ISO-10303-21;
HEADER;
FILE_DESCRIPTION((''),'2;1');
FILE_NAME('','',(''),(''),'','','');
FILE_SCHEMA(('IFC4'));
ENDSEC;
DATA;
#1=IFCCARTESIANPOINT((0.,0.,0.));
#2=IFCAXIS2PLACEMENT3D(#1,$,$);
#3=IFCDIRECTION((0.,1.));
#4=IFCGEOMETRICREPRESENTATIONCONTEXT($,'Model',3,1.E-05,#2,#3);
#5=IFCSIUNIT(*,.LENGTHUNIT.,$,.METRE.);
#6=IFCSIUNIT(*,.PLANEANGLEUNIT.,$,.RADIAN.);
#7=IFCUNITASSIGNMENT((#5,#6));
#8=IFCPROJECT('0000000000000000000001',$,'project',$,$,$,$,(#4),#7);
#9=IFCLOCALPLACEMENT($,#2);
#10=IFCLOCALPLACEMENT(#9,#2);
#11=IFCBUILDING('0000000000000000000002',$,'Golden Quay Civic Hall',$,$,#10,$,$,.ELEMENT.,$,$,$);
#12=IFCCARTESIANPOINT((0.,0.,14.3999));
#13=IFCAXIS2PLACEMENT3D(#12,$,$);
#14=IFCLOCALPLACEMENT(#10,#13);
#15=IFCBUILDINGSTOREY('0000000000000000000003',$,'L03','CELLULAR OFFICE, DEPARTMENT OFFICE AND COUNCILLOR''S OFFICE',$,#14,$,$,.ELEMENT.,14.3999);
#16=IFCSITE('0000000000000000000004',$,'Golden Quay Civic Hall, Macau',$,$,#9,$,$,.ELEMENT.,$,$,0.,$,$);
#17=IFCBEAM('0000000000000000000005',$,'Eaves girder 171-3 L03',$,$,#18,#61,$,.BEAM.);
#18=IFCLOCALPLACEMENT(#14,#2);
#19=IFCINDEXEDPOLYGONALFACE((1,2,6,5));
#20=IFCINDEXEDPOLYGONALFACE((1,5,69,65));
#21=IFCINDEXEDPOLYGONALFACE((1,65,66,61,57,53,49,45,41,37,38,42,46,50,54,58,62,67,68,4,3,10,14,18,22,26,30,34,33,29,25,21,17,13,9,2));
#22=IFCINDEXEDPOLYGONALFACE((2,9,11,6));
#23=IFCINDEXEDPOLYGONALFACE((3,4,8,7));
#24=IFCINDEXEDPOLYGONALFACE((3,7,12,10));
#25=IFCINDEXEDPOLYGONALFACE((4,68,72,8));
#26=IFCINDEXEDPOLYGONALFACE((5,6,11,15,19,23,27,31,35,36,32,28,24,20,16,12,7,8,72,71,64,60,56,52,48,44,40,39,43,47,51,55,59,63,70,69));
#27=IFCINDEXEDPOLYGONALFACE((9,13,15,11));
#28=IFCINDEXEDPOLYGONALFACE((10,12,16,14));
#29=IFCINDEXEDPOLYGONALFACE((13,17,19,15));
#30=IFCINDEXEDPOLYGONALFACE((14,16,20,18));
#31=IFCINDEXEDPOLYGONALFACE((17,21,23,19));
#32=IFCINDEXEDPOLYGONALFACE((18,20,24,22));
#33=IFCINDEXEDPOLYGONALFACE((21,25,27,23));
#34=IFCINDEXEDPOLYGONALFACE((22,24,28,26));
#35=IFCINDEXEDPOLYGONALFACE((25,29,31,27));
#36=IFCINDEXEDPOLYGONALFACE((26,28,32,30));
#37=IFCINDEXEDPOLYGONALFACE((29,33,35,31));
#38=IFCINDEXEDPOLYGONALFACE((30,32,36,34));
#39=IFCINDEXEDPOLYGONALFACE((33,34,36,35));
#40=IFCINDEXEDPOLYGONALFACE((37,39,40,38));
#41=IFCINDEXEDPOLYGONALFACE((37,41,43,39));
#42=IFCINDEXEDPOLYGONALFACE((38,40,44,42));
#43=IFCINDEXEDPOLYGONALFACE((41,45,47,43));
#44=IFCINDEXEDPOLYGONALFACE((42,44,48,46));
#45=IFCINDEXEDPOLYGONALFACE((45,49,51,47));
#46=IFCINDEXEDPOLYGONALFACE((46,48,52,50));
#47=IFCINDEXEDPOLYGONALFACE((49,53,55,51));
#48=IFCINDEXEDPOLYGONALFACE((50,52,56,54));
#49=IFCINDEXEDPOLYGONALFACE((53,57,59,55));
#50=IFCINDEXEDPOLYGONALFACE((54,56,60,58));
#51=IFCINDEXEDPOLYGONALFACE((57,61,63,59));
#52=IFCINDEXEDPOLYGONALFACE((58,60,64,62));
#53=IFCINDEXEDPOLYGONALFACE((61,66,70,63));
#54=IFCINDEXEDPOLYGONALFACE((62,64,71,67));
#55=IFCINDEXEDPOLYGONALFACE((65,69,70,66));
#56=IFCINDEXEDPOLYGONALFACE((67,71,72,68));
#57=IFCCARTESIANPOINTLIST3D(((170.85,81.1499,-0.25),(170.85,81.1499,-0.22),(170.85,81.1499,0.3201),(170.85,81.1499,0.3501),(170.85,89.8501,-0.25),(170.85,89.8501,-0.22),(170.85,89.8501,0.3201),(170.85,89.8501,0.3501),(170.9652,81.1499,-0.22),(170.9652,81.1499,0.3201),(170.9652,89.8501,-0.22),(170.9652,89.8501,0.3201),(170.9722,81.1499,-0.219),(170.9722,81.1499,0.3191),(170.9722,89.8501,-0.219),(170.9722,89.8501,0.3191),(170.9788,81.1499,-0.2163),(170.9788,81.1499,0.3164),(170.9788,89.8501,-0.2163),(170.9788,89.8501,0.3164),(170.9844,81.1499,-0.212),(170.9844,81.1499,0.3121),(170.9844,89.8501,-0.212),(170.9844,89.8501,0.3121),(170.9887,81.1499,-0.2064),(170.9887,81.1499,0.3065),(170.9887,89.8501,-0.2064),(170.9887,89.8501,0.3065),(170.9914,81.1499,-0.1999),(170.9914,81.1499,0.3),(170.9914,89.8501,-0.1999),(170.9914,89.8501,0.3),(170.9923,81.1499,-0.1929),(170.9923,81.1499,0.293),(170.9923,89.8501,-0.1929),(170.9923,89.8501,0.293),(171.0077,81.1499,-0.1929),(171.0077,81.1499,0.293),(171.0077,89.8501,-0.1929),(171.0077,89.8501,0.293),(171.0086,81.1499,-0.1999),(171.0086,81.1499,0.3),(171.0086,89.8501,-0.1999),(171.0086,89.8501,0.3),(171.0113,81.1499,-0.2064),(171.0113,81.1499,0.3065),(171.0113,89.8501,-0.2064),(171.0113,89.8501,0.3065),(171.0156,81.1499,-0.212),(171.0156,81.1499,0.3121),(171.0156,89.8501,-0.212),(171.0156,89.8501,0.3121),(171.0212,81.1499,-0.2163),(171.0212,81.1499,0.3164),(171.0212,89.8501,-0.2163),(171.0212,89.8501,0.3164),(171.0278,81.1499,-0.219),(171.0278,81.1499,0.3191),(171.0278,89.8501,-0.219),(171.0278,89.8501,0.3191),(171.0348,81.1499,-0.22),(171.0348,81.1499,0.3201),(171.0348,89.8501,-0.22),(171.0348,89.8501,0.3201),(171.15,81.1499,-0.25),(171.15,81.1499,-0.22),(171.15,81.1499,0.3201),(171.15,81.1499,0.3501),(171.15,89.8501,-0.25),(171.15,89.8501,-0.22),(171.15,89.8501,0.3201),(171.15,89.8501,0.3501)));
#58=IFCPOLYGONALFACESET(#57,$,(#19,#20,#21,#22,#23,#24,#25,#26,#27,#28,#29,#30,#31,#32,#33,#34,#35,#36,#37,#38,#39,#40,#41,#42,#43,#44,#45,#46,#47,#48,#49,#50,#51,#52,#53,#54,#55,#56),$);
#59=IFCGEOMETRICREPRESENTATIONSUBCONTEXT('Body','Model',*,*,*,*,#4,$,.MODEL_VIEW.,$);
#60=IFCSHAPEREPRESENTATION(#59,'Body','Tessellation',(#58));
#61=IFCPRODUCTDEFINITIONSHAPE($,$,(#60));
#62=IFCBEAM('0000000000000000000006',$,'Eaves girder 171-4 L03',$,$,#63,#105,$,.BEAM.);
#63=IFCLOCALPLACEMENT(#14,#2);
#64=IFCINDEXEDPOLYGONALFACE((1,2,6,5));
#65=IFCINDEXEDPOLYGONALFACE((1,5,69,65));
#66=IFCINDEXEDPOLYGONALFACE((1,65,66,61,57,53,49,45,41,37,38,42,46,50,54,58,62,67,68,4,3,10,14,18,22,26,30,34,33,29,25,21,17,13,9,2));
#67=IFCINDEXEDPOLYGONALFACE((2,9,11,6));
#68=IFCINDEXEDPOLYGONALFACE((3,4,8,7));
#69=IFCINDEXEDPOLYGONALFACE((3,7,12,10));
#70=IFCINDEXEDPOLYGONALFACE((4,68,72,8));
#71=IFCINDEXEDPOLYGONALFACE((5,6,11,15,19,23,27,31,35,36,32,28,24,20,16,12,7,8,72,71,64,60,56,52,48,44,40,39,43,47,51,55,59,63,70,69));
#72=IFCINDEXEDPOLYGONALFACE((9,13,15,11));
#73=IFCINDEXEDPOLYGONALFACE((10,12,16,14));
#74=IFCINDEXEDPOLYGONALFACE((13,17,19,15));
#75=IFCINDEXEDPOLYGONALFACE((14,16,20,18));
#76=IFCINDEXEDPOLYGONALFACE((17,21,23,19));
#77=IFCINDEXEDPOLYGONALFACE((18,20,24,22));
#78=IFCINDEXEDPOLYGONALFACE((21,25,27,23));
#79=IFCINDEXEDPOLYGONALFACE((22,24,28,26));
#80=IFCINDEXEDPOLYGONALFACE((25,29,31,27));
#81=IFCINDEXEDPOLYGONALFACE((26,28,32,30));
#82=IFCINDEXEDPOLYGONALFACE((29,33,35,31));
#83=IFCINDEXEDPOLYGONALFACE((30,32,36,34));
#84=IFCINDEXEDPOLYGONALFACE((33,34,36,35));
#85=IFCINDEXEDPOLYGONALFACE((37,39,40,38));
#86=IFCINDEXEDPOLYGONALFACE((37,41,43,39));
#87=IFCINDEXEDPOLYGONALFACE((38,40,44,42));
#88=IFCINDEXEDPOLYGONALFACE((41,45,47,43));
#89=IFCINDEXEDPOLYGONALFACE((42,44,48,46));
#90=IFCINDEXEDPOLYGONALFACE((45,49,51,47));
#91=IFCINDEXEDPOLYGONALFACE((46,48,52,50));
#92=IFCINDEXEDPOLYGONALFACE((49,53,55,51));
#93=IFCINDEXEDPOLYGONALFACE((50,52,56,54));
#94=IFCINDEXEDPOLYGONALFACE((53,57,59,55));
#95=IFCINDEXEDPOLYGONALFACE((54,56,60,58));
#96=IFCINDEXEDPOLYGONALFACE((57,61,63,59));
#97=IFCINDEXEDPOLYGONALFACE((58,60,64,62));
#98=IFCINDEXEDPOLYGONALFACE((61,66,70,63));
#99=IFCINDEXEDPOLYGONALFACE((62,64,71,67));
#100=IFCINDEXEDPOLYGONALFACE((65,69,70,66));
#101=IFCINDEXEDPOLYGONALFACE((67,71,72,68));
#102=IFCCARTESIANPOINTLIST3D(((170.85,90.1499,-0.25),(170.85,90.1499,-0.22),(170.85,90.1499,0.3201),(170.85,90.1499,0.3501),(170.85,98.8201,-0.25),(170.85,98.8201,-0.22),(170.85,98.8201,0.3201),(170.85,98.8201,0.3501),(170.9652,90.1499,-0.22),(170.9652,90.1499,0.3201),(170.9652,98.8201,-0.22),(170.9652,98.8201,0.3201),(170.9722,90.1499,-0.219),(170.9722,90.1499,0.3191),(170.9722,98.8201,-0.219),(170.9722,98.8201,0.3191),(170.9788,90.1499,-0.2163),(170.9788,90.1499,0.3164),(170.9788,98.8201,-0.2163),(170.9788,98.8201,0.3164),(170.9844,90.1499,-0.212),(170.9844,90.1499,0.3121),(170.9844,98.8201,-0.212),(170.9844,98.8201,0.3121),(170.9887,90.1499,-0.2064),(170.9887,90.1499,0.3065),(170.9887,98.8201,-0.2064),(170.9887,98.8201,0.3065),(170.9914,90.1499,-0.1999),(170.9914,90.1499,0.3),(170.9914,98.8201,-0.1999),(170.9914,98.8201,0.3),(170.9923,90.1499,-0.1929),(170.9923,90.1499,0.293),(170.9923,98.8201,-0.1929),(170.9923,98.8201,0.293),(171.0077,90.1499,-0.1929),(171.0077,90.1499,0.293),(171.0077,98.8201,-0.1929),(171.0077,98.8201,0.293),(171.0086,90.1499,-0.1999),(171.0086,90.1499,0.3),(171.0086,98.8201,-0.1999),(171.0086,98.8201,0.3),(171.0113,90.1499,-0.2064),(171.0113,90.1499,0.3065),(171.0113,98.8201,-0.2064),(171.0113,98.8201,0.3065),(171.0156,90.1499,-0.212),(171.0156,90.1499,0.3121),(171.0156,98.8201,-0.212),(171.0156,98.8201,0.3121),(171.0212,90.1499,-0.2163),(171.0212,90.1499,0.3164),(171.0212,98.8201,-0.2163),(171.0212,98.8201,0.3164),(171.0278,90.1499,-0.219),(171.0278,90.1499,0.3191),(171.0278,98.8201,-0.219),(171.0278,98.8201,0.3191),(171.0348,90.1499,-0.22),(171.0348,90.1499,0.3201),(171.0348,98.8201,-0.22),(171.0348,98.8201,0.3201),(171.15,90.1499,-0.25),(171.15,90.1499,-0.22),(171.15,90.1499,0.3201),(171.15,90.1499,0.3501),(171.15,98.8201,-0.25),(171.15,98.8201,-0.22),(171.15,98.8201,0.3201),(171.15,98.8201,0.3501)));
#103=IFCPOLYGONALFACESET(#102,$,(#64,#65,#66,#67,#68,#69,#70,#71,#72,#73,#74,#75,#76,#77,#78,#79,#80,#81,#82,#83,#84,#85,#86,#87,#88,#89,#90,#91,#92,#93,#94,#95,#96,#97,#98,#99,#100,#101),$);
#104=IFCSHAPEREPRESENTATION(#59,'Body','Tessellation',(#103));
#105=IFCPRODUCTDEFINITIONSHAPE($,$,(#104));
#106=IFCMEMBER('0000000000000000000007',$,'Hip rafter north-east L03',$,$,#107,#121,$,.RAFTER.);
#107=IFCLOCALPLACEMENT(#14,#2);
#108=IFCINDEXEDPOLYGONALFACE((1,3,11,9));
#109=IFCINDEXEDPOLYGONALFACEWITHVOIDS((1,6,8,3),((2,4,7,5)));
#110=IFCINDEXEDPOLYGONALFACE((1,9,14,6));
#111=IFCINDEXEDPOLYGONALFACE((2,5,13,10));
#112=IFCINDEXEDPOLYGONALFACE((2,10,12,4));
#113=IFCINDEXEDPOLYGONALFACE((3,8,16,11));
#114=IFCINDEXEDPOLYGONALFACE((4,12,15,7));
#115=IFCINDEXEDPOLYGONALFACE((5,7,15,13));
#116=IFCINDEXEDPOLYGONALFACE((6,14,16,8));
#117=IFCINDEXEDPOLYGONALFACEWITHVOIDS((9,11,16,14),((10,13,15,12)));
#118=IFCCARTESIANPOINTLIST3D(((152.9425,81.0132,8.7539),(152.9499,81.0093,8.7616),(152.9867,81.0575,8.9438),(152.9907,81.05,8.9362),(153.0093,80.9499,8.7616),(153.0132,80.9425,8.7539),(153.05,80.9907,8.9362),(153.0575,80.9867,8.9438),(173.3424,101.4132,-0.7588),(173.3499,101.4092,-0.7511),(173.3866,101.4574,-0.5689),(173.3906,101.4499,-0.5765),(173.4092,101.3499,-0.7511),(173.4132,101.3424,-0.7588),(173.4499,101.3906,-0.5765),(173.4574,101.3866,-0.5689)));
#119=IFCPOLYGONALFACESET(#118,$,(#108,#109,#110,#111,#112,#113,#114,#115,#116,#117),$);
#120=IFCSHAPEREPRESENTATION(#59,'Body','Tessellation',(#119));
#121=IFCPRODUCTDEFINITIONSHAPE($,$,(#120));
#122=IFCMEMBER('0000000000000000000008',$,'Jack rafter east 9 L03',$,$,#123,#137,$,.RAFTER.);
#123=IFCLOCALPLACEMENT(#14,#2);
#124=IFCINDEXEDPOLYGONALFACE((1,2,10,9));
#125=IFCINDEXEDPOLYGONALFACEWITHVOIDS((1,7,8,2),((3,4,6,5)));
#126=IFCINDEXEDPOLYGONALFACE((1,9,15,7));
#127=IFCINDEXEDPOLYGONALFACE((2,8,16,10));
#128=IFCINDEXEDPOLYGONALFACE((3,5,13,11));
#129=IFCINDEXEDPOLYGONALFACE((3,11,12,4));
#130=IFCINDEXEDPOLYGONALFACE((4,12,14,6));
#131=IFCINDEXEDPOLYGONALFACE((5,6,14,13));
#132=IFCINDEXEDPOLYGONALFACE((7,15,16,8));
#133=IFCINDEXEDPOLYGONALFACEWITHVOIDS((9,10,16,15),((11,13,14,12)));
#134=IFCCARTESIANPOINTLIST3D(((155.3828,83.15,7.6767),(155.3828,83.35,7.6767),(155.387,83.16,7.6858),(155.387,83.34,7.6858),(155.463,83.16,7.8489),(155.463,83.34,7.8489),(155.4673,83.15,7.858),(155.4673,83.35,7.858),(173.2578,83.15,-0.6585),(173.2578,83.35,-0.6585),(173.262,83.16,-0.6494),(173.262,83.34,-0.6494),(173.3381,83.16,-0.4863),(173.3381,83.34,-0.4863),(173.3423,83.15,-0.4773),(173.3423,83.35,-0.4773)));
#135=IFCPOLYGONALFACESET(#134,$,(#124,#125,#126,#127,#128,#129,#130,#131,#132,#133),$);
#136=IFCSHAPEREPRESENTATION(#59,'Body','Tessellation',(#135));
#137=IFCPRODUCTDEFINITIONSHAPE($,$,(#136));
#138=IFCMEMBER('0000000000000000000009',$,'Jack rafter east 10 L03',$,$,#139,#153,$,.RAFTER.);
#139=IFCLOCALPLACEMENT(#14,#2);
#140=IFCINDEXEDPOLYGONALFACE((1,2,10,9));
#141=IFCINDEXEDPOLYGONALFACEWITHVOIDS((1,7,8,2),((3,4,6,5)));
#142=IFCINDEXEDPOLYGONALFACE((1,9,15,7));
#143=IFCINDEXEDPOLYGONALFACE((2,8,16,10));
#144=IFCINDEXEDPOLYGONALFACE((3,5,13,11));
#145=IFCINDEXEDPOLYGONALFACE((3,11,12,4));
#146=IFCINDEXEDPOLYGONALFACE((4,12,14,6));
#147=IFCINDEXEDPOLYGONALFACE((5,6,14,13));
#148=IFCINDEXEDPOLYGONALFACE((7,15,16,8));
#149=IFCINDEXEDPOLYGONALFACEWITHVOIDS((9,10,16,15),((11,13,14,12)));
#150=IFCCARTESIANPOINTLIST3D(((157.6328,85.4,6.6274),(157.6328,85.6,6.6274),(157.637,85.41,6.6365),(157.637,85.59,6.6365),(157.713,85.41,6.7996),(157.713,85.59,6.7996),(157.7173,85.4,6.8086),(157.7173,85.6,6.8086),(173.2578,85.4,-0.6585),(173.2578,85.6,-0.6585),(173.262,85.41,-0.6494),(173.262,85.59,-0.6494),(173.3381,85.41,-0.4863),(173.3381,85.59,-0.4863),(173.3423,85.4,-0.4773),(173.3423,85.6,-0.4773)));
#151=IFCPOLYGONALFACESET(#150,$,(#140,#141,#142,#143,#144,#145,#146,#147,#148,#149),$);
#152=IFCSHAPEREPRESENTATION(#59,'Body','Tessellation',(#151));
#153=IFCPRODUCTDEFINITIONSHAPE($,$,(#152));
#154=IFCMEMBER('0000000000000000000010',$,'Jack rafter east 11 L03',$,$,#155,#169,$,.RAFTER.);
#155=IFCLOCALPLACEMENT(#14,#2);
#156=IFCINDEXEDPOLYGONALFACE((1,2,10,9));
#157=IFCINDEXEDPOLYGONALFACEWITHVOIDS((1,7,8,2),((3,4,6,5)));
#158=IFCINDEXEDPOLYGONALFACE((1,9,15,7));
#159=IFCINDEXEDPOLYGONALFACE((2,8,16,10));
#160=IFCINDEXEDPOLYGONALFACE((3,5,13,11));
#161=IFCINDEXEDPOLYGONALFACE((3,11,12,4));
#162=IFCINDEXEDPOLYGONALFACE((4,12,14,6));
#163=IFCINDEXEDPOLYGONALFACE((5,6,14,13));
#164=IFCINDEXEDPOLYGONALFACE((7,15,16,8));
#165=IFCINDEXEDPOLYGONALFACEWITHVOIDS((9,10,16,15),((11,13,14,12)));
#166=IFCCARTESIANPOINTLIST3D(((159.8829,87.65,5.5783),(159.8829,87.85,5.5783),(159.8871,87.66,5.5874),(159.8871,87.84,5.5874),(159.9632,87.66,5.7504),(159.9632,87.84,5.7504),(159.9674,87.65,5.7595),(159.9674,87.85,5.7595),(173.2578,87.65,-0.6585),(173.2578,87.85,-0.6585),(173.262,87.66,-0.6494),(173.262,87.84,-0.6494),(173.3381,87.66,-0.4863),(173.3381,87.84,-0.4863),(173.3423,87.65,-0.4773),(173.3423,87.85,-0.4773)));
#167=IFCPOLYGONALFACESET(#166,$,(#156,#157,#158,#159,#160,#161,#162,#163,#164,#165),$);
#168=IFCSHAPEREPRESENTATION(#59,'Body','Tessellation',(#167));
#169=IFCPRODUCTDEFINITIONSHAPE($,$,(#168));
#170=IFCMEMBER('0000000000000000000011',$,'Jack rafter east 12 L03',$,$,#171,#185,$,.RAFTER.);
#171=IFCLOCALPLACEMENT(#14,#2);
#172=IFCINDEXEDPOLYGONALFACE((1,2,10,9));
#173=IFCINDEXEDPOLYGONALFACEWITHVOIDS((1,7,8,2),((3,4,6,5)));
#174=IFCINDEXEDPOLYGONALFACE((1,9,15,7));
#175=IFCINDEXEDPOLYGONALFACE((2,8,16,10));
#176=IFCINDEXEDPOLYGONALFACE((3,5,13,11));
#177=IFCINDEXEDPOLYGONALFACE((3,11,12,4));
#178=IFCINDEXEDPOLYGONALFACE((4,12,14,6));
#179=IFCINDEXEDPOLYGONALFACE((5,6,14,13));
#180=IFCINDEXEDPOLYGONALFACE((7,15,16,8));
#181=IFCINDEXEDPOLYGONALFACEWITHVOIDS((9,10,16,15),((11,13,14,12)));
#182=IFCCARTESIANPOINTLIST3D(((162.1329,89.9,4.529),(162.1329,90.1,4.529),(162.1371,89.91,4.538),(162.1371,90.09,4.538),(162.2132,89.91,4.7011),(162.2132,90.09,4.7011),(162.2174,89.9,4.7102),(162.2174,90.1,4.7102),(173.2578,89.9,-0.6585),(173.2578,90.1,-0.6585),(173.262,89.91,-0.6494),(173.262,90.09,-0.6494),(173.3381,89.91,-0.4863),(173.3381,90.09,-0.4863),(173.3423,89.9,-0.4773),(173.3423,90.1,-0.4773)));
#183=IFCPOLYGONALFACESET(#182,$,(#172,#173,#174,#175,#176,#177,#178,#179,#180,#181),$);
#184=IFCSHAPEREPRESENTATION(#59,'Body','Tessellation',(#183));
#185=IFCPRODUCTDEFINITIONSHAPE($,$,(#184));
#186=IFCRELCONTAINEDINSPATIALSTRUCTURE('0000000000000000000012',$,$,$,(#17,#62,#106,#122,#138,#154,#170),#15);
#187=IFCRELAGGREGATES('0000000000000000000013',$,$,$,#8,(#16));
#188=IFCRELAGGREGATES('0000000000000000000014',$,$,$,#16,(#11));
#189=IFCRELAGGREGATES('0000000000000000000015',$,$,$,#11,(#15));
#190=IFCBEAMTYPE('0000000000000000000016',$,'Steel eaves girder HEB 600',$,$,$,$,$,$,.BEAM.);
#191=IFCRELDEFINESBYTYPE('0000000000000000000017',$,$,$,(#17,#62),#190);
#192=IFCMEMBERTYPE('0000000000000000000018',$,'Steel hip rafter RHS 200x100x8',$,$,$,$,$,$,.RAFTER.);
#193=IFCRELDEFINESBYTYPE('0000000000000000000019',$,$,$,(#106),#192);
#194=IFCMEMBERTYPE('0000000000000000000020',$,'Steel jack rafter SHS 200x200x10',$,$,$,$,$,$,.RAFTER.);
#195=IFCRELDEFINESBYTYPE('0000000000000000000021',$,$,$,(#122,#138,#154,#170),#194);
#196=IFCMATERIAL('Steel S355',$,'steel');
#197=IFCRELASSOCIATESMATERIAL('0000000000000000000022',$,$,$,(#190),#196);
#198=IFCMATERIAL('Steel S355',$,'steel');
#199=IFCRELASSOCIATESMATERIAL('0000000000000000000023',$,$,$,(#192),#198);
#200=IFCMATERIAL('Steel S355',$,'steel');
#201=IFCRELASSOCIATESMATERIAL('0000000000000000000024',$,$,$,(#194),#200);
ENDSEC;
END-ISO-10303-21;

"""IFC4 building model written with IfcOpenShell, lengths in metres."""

from ifc_helpers import new_model, si_unit, direction, frame, origin, origin_2d, place, context, subcontext, project, spatial, hollow_rectangle, i_section, extrude, material, material_profile, profile_set, type_object, element, save


model = new_model("IFC4")

# Units and contexts
model_context = context("Model", 3, precision=1e-05, world=origin(), true_north=direction((0.0, 1.0)))
body_context = subcontext(model_context, "Body", "Model", "MODEL_VIEW")
ifc_project = project(units=[si_unit("LENGTHUNIT", "METRE"), si_unit("PLANEANGLEUNIT", "RADIAN")], contexts=[model_context])

# Site, building, storey
site_placement = place(None, origin())
site = spatial("IfcSite", under=ifc_project, at=site_placement, Name="Golden Quay Civic Hall, Macau", CompositionType="ELEMENT", RefElevation=0.0)
building_placement = place(site_placement, origin())
building = spatial("IfcBuilding", under=site, at=building_placement, Name="Golden Quay Civic Hall", CompositionType="ELEMENT")
storey_placement = place(building_placement, frame((0.0, 0.0, 14.3999)))
storey = spatial("IfcBuildingStorey", under=building, at=storey_placement, Name="L03", Description="CELLULAR OFFICE, DEPARTMENT OFFICE AND COUNCILLOR'S OFFICE", CompositionType="ELEMENT", Elevation=14.3999)

# Beams
ifc_material_1 = material(Name="Steel S355", Category="steel")
ifc_material_profile_1 = material_profile(ifc_material_1, i_section(OverallWidth=0.3, OverallDepth=0.6001, WebThickness=0.0154, FlangeThickness=0.03, FilletRadius=0.0271, at=origin_2d()), Name="HEB 600")
ifc_profile_set_1 = profile_set([ifc_material_profile_1], Name="Steel S355")
beam_type = type_object("IfcBeamType", Name="Steel eaves girder HEB 600", PredefinedType="BEAM", material=ifc_profile_set_1)
beam_1_placement = place(storey_placement, frame((171.0, 81.1499, 0.05), z_axis=(0.0, 1.0, 0.0), x_axis=(-1.0, 0.0, 0.0)))
element("IfcBeam", 1, at=beam_1_placement, inside=storey, type_object=beam_type, Name="Eaves girder 171-3 L03", PredefinedType="BEAM", context=body_context, shape_type="SweptSolid", body=[
    extrude(i_section(OverallWidth=0.3, OverallDepth=0.6001, WebThickness=0.0154, FlangeThickness=0.03, FilletRadius=0.0271, at=origin_2d()), origin(), (0.0, 0.0, 1.0), 8.7002),
])
beam_2_placement = place(storey_placement, frame((171.0, 90.1499, 0.05), z_axis=(0.0, 1.0, 0.0), x_axis=(-1.0, 0.0, 0.0)))
element("IfcBeam", 2, at=beam_2_placement, inside=storey, type_object=beam_type, Name="Eaves girder 171-4 L03", PredefinedType="BEAM", context=body_context, shape_type="SweptSolid", body=[
    extrude(i_section(OverallWidth=0.3, OverallDepth=0.6001, WebThickness=0.0154, FlangeThickness=0.03, FilletRadius=0.0271, at=origin_2d()), origin(), (0.0, 0.0, 1.0), 8.6702),
])

# Members
ifc_material_2 = material(Name="Steel S355", Category="steel")
ifc_material_profile_2 = material_profile(ifc_material_2, hollow_rectangle(XDim=0.1001, YDim=0.2, WallThickness=0.0081, at=origin_2d()), Name="RHS 200x100x8")
ifc_profile_set_2 = profile_set([ifc_material_profile_2], Name="Steel S355")
member_type_1 = type_object("IfcMemberType", Name="Steel hip rafter RHS 200x100x8", PredefinedType="RAFTER", material=ifc_profile_set_2)
member_1_placement = place(storey_placement, frame((173.3999, 101.3999, -0.6638), z_axis=(-0.671542, -0.671542, 0.313148), x_axis=(0.707107, -0.707107, 0.0)))
element("IfcMember", 3, at=member_1_placement, inside=storey, type_object=member_type_1, Name="Hip rafter north-east L03", PredefinedType="RAFTER", context=body_context, shape_type="SweptSolid", body=[
    extrude(hollow_rectangle(XDim=0.1001, YDim=0.2, WallThickness=0.0081, at=origin_2d()), origin(), (0.0, 0.0, 1.0), 30.3777),
])
ifc_material_3 = material(Name="Steel S355", Category="steel")
ifc_material_profile_3 = material_profile(ifc_material_3, hollow_rectangle(XDim=0.2, YDim=0.2, WallThickness=0.01, at=origin_2d()), Name="SHS 200x200x10")
ifc_profile_set_3 = profile_set([ifc_material_profile_3], Name="Steel S355")
member_type_2 = type_object("IfcMemberType", Name="Steel jack rafter SHS 200x200x10", PredefinedType="RAFTER", material=ifc_profile_set_3)
member_2_placement = place(storey_placement, frame((173.3, 83.25, -0.5679), z_axis=(-0.906309, 0.0, 0.422616), x_axis=(0.0, -1.0, 0.0)))
element("IfcMember", 4, at=member_2_placement, inside=storey, type_object=member_type_2, Name="Jack rafter east 9 L03", PredefinedType="RAFTER", context=body_context, shape_type="SweptSolid", body=[
    extrude(hollow_rectangle(XDim=0.2, YDim=0.2, WallThickness=0.01, at=origin_2d()), origin(), (0.0, 0.0, 1.0), 19.7229),
])
member_3_placement = place(storey_placement, frame((173.3, 85.5, -0.5679), z_axis=(-0.906312, 0.0, 0.42261), x_axis=(0.0, -1.0, 0.0)))
element("IfcMember", 5, at=member_3_placement, inside=storey, type_object=member_type_2, Name="Jack rafter east 10 L03", PredefinedType="RAFTER", context=body_context, shape_type="SweptSolid", body=[
    extrude(hollow_rectangle(XDim=0.2, YDim=0.2, WallThickness=0.01, at=origin_2d()), origin(), (0.0, 0.0, 1.0), 17.2402),
])
member_4_placement = place(storey_placement, frame((173.3, 87.75, -0.5679), z_axis=(-0.906309, 0.0, 0.422616), x_axis=(0.0, -1.0, 0.0)))
element("IfcMember", 6, at=member_4_placement, inside=storey, type_object=member_type_2, Name="Jack rafter east 11 L03", PredefinedType="RAFTER", context=body_context, shape_type="SweptSolid", body=[
    extrude(hollow_rectangle(XDim=0.2, YDim=0.2, WallThickness=0.01, at=origin_2d()), origin(), (0.0, 0.0, 1.0), 14.7576),
])
member_5_placement = place(storey_placement, frame((173.3, 90.0, -0.5679), z_axis=(-0.906313, 0.0, 0.422607), x_axis=(0.0, -1.0, 0.0)))
element("IfcMember", 7, at=member_5_placement, inside=storey, type_object=member_type_2, Name="Jack rafter east 12 L03", PredefinedType="RAFTER", context=body_context, shape_type="SweptSolid", body=[
    extrude(hollow_rectangle(XDim=0.2, YDim=0.2, WallThickness=0.01, at=origin_2d()), origin(), (0.0, 0.0, 1.0), 12.2749),
])

save(model, "model.ifc")
